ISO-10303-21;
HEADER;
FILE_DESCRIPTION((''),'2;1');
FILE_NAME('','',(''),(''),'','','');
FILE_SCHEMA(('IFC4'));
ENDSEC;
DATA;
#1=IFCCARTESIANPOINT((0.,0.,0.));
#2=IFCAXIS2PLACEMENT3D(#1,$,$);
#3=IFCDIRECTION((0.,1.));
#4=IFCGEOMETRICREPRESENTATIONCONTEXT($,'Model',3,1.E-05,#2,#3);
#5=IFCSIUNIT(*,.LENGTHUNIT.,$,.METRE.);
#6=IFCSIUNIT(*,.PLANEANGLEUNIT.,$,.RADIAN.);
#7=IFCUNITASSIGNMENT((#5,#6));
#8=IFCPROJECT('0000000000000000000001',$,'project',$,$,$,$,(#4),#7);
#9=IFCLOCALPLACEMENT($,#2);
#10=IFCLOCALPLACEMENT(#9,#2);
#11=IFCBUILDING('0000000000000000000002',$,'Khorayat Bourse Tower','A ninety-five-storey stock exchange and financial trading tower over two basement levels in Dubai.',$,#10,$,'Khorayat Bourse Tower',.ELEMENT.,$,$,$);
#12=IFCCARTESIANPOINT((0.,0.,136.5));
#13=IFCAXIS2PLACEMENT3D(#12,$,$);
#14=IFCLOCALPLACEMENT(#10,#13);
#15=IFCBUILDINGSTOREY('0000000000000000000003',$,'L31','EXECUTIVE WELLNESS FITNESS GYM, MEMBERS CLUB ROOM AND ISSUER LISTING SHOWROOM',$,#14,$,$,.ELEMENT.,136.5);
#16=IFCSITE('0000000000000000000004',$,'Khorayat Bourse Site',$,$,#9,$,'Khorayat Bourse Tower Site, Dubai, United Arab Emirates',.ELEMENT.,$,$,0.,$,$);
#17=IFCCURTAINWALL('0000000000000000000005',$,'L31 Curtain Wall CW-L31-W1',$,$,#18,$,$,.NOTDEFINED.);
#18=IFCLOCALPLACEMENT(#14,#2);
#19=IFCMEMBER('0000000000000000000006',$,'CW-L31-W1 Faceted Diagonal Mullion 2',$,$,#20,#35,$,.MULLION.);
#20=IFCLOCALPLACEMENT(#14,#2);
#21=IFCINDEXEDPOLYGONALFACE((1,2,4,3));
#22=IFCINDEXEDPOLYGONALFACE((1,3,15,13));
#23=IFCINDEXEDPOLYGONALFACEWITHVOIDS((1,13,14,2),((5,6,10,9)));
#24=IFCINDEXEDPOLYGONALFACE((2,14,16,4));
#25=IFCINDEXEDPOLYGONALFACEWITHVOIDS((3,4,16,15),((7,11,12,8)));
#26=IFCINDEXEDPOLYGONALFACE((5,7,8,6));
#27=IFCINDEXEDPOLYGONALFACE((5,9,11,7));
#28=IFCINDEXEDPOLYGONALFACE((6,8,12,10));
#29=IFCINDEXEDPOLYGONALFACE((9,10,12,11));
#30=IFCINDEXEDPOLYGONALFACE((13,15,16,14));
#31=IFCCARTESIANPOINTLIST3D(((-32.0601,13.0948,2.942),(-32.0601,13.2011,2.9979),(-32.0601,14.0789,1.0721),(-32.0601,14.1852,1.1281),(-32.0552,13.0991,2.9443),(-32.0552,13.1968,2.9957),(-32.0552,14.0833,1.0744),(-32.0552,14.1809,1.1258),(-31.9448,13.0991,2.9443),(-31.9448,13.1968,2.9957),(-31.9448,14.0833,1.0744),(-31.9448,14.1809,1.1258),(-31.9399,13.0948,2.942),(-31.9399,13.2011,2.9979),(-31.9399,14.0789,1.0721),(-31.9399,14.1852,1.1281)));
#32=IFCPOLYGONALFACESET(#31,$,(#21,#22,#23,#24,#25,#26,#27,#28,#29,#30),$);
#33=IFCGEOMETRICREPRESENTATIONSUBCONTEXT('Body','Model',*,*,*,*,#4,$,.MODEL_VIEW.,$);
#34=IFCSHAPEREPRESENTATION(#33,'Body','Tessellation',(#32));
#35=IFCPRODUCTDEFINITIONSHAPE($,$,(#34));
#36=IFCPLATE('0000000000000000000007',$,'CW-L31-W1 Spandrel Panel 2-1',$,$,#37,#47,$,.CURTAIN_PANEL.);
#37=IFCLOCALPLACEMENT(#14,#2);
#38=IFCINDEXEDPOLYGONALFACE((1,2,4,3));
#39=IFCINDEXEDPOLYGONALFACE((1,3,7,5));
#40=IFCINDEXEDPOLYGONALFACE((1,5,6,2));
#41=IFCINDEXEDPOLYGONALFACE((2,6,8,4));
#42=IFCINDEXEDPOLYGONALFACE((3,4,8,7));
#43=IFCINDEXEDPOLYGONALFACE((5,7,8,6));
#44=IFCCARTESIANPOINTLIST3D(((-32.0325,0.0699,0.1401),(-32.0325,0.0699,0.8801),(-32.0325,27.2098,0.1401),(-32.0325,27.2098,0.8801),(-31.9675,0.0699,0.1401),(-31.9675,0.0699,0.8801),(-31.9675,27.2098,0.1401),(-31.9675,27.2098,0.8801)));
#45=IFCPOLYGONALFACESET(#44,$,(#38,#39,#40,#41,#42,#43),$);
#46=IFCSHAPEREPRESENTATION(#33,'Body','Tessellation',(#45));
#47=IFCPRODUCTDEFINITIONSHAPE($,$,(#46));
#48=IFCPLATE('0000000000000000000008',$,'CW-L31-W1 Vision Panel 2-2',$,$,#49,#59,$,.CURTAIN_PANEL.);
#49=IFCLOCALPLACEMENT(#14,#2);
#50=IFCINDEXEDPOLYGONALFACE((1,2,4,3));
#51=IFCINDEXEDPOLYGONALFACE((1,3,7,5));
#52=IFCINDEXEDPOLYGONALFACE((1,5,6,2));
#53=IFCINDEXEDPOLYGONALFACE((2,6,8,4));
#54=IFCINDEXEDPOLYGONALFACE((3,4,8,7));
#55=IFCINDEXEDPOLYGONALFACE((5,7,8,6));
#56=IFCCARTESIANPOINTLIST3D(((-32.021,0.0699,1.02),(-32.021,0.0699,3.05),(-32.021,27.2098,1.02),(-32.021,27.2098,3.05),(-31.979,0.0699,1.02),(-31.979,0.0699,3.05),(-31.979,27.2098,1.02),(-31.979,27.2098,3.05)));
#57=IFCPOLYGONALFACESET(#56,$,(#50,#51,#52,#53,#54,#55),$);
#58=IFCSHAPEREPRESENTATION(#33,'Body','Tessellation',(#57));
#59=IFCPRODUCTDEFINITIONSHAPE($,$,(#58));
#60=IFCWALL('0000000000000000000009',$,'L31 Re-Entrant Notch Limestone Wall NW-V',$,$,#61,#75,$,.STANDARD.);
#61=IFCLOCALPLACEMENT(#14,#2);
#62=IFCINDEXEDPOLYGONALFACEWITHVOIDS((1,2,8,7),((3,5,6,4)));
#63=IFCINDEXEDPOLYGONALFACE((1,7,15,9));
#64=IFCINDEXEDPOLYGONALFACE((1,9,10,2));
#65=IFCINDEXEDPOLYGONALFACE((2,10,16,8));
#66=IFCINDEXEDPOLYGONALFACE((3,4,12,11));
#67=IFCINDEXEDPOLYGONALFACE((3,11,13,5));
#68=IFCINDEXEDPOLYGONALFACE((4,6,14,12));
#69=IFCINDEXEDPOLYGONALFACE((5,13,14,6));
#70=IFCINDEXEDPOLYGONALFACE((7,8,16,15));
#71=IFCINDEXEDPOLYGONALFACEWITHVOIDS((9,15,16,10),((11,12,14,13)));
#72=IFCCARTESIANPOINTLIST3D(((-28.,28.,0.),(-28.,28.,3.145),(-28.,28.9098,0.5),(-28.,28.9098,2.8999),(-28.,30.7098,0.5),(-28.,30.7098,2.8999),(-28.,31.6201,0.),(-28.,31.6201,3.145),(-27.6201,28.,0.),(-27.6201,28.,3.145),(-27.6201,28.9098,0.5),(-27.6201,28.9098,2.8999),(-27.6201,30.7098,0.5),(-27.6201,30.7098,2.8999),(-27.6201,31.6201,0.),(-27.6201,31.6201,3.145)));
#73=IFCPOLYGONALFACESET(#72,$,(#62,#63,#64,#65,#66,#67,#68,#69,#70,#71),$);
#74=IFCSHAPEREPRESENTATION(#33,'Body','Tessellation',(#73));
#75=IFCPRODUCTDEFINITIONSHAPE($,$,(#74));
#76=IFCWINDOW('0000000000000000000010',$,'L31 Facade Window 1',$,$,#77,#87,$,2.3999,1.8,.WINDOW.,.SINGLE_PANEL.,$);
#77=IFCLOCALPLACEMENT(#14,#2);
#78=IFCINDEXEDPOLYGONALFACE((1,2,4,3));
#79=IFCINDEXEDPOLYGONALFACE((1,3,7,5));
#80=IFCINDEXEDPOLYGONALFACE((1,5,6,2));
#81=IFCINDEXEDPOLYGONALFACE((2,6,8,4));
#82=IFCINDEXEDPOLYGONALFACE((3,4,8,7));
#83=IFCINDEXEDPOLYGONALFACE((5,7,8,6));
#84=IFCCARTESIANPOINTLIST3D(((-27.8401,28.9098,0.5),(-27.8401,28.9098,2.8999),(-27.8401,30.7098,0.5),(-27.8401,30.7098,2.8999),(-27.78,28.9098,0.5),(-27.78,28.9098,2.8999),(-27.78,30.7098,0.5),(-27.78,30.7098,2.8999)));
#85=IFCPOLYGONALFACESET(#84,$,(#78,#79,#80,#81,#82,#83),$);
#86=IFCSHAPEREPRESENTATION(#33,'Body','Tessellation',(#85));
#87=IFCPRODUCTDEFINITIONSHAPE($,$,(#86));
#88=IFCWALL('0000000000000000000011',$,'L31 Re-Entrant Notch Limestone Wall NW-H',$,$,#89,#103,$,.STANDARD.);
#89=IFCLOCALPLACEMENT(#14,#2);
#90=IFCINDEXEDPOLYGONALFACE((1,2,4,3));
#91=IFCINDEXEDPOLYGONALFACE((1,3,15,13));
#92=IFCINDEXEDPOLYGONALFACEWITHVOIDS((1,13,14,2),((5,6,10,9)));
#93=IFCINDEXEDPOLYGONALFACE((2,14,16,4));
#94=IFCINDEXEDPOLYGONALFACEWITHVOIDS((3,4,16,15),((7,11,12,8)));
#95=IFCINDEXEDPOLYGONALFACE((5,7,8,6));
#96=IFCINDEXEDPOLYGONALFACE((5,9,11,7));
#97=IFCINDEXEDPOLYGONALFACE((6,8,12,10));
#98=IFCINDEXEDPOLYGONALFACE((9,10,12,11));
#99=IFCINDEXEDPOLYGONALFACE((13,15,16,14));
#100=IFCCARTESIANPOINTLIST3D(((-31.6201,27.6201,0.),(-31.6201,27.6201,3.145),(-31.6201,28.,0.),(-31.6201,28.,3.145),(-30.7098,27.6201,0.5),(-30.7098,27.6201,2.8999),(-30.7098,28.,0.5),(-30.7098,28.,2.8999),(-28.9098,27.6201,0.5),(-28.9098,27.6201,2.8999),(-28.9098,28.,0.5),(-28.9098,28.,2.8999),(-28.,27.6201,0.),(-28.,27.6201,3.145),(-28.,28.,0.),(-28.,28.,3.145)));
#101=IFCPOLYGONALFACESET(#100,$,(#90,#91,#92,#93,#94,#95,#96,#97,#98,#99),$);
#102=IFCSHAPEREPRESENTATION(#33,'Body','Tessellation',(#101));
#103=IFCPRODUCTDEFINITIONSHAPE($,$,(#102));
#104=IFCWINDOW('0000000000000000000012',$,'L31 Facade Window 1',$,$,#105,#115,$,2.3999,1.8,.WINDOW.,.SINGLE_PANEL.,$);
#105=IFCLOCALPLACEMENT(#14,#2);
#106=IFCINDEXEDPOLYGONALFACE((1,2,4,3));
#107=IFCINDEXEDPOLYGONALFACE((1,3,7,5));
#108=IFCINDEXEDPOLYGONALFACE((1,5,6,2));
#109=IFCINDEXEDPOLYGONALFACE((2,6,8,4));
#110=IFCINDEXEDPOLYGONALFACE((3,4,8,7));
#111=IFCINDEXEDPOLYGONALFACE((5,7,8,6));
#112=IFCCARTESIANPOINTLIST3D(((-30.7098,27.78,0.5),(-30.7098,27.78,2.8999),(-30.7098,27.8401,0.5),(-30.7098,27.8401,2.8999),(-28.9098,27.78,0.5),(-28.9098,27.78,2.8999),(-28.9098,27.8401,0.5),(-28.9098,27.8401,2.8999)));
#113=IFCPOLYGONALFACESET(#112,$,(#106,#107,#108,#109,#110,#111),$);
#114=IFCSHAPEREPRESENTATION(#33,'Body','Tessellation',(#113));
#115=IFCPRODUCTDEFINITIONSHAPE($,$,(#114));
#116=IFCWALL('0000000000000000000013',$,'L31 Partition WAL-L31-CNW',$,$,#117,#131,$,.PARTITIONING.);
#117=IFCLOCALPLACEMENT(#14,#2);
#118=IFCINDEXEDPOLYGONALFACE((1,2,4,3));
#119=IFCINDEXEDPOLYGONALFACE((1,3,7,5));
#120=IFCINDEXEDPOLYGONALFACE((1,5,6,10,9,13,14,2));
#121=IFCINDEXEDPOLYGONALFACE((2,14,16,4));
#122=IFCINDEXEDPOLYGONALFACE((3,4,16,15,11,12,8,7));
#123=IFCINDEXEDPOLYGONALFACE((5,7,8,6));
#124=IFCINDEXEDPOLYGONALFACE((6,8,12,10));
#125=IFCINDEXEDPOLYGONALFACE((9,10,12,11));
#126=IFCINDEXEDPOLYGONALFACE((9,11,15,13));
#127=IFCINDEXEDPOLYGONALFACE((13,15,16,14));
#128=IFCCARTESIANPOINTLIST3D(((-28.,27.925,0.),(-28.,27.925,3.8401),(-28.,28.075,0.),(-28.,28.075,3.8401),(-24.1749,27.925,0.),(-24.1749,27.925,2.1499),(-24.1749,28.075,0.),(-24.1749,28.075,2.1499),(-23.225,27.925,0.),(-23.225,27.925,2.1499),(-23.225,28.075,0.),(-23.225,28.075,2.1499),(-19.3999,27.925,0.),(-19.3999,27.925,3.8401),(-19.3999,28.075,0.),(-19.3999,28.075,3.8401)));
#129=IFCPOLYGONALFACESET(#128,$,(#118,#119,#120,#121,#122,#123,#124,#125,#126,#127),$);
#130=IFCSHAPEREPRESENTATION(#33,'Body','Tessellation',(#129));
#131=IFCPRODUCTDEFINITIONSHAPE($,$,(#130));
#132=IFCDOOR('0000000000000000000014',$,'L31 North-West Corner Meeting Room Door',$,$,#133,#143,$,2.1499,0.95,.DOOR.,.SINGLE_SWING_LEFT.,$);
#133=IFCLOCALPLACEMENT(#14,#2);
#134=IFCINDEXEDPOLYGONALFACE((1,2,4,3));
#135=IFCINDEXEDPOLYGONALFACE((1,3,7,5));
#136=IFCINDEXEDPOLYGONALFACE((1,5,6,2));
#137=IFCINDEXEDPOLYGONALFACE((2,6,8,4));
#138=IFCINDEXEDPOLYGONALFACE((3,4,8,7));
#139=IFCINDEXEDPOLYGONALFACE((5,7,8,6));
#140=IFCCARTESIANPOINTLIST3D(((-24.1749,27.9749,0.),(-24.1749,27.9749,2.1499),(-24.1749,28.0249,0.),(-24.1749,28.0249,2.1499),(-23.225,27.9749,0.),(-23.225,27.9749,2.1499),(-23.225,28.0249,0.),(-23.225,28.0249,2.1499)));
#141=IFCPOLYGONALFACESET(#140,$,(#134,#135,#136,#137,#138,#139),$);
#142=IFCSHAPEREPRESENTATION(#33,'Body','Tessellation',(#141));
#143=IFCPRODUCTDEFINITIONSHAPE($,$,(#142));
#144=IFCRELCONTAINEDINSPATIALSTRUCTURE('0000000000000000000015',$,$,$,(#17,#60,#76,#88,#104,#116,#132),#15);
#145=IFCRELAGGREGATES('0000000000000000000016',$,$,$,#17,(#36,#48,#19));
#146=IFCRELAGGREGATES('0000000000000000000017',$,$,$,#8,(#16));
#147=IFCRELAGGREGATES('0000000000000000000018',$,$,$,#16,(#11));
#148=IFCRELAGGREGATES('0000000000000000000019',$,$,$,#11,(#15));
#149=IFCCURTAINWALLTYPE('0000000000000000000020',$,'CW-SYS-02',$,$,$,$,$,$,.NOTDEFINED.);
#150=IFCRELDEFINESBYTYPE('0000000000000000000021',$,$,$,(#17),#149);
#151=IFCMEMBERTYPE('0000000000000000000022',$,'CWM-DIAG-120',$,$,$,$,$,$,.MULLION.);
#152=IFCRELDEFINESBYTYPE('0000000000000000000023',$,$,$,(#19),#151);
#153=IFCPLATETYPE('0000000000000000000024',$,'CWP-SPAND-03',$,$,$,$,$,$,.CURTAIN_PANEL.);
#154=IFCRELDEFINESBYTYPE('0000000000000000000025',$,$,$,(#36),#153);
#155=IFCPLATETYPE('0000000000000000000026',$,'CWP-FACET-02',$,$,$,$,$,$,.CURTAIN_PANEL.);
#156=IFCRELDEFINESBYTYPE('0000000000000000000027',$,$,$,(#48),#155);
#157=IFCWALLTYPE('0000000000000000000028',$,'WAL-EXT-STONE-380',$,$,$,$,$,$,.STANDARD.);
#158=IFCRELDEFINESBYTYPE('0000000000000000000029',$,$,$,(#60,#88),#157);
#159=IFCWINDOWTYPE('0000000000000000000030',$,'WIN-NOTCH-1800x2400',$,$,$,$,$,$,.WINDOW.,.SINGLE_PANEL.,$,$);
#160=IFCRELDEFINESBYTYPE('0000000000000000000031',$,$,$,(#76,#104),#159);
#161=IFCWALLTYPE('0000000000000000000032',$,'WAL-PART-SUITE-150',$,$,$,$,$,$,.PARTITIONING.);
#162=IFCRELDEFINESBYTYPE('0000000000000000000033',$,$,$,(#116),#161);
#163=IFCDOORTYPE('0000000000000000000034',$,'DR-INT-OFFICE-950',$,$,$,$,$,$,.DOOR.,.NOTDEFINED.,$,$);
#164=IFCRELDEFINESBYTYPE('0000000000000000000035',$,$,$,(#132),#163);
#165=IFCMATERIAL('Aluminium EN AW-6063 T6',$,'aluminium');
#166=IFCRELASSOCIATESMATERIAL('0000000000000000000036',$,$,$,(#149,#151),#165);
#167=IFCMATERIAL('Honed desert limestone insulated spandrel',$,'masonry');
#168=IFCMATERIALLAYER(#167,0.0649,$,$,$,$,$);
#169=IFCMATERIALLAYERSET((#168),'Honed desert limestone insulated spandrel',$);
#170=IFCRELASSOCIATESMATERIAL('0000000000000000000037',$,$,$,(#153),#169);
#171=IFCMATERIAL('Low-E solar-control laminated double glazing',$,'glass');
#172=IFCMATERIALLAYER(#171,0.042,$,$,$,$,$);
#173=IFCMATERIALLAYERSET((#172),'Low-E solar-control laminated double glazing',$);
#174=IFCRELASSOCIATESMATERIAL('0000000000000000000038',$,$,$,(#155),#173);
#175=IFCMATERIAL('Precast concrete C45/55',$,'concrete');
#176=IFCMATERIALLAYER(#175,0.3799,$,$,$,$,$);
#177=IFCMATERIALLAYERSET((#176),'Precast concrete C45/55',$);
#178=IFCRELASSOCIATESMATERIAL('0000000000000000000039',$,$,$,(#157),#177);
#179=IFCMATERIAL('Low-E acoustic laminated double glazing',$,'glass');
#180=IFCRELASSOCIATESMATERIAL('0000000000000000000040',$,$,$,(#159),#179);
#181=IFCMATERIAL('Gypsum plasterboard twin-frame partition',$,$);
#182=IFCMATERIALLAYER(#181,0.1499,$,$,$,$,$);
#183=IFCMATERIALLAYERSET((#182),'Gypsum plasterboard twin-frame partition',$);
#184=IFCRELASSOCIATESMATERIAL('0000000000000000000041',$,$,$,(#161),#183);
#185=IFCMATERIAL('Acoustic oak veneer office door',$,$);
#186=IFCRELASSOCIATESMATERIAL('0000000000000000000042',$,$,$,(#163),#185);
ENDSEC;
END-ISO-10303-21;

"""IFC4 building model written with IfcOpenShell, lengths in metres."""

from ifc_helpers import new_model, si_unit, direction, frame, frame_2d, origin, origin_2d, place, context, subcontext, project, spatial, rectangle, hollow_rectangle, extrude, source, transform, mapped, material, layer, layer_set, material_profile, profile_set, type_object, element, fill, aggregate, save


model = new_model("IFC4")

# Units and contexts
model_context = context("Model", 3, precision=1e-05, world=origin(), true_north=direction((0.0, 1.0)))
body_context = subcontext(model_context, "Body", "Model", "MODEL_VIEW")
ifc_project = project(units=[si_unit("LENGTHUNIT", "METRE"), si_unit("PLANEANGLEUNIT", "RADIAN")], contexts=[model_context])

# Site, building, storey
site_placement = place(None, origin())
site = spatial("IfcSite", under=ifc_project, at=site_placement, Name="Khorayat Bourse Site", LongName="Khorayat Bourse Tower Site, Dubai, United Arab Emirates", CompositionType="ELEMENT", RefElevation=0.0)
building_placement = place(site_placement, origin())
building = spatial("IfcBuilding", under=site, at=building_placement, Name="Khorayat Bourse Tower", Description="A ninety-five-storey stock exchange and financial trading tower over two basement levels in Dubai.", LongName="Khorayat Bourse Tower", CompositionType="ELEMENT")
storey_placement = place(building_placement, frame((0.0, 0.0, 136.5)))
storey = spatial("IfcBuildingStorey", under=building, at=storey_placement, Name="L31", Description="EXECUTIVE WELLNESS FITNESS GYM, MEMBERS CLUB ROOM AND ISSUER LISTING SHOWROOM", CompositionType="ELEMENT", Elevation=136.5)

# Shared definitions
ifc_material_1 = material(Name="Aluminium EN AW-6063 T6", Category="aluminium")
curtain_wall_type = type_object("IfcCurtainWallType", Name="CW-SYS-02", PredefinedType="NOTDEFINED", material=ifc_material_1)

# Curtain wall, member, plates
curtain_wall_1_placement = place(storey_placement, origin())
curtain_wall_1 = element("IfcCurtainWall", 1, at=curtain_wall_1_placement, inside=storey, type_object=curtain_wall_type, Name="L31 Curtain Wall CW-L31-W1", PredefinedType="NOTDEFINED")
ifc_material_profile_1 = material_profile(ifc_material_1, hollow_rectangle(XDim=0.1201, YDim=0.1201, WallThickness=0.0049, at=origin_2d()), Name="ALU 120x120x5")
ifc_profile_set_1 = profile_set([ifc_material_profile_1], Name="Aluminium EN AW-6063 T6")
member_type_1 = type_object("IfcMemberType", Name="CWM-DIAG-120", PredefinedType="MULLION", material=ifc_profile_set_1)
shared_shape_1 = source(origin(), body_context, "Body", "SweptSolid", [
    extrude(hollow_rectangle(XDim=0.1201, YDim=0.1201, WallThickness=0.0049, at=origin_2d()), origin(), (0.0, 0.0, 1.0), 2.113),
])
member_1_placement = place(storey_placement, frame((-32.0, 14.1321, 1.1001), z_axis=(0.0, -0.465742, 0.884921), x_axis=(1.0, 0.0, 0.0)))
member_1 = element("IfcMember", 2, at=member_1_placement, type_object=member_type_1, Name="CW-L31-W1 Faceted Diagonal Mullion 2", PredefinedType="MULLION", context=body_context, shape_type="MappedRepresentation", body=[
    mapped(shared_shape_1, transform((0.0, 0.0, 0.0), scale=1.0)),
])
ifc_material_2 = material(Name="Honed desert limestone insulated spandrel", Category="masonry")
ifc_layer_1 = layer(ifc_material_2, 0.0649)
ifc_layer_set_1 = layer_set([ifc_layer_1], Name="Honed desert limestone insulated spandrel")
plate_type_1 = type_object("IfcPlateType", Name="CWP-SPAND-03", PredefinedType="CURTAIN_PANEL", material=ifc_layer_set_1)
shared_shape_2 = source(origin(), body_context, "Body", "SweptSolid", [
    extrude(rectangle(XDim=27.1399, YDim=0.0649, at=origin_2d()), origin(), (0.0, 0.0, 1.0), 0.74),
])
plate_1_placement = place(storey_placement, frame((-32.0, 13.6399, 0.1401), z_axis=(0.0, 0.0, 1.0), x_axis=(0.0, 1.0, 0.0)))
plate_1 = element("IfcPlate", 3, at=plate_1_placement, type_object=plate_type_1, Name="CW-L31-W1 Spandrel Panel 2-1", PredefinedType="CURTAIN_PANEL", context=body_context, shape_type="MappedRepresentation", body=[
    mapped(shared_shape_2, transform((0.0, 0.0, 0.0), scale=1.0)),
])
ifc_material_3 = material(Name="Low-E solar-control laminated double glazing", Category="glass")
ifc_layer_2 = layer(ifc_material_3, 0.042)
ifc_layer_set_2 = layer_set([ifc_layer_2], Name="Low-E solar-control laminated double glazing")
plate_type_2 = type_object("IfcPlateType", Name="CWP-FACET-02", PredefinedType="CURTAIN_PANEL", material=ifc_layer_set_2)
shared_shape_3 = source(origin(), body_context, "Body", "SweptSolid", [
    extrude(rectangle(XDim=27.1399, YDim=0.042, at=origin_2d()), origin(), (0.0, 0.0, 1.0), 2.03),
])
plate_2_placement = place(storey_placement, frame((-32.0, 13.6399, 1.02), z_axis=(0.0, 0.0, 1.0), x_axis=(0.0, 1.0, 0.0)))
plate_2 = element("IfcPlate", 4, at=plate_2_placement, type_object=plate_type_2, Name="CW-L31-W1 Vision Panel 2-2", PredefinedType="CURTAIN_PANEL", context=body_context, shape_type="MappedRepresentation", body=[
    mapped(shared_shape_3, transform((0.0, 0.0, 0.0), scale=1.0)),
])
aggregate(curtain_wall_1, [plate_1, plate_2, member_1])

# Walls, openings, windows
ifc_material_4 = material(Name="Precast concrete C45/55", Category="concrete")
ifc_layer_3 = layer(ifc_material_4, 0.3799)
ifc_layer_set_3 = layer_set([ifc_layer_3], Name="Precast concrete C45/55")
wall_type_1 = type_object("IfcWallType", Name="WAL-EXT-STONE-380", PredefinedType="STANDARD", material=ifc_layer_set_3)
shared_shape_4 = source(origin(), body_context, "Body", "SweptSolid", [
    extrude(rectangle(XDim=3.6201, YDim=0.3799, at=frame_2d((1.8101, 0.0))), origin(), (0.0, 0.0, 1.0), 3.145),
])
wall_1_placement = place(storey_placement, frame((-27.8101, 28.0, 0.0), z_axis=(0.0, 0.0, 1.0), x_axis=(0.0, 1.0, 0.0)))
wall_1 = element("IfcWall", 5, at=wall_1_placement, inside=storey, type_object=wall_type_1, Name="L31 Re-Entrant Notch Limestone Wall NW-V", PredefinedType="STANDARD", context=body_context, shape_type="MappedRepresentation", body=[
    mapped(shared_shape_4, transform((0.0, 0.0, 0.0), scale=1.0)),
])
shared_shape_5 = source(origin(), body_context, "Body", "SweptSolid", [
    extrude(rectangle(XDim=1.8, YDim=2.3999, at=frame_2d((0.8999, 1.2))), frame((0.0, 0.2, 0.0), z_axis=(0.0, -1.0, 0.0), x_axis=(1.0, 0.0, 0.0)), (0.0, 0.0, 1.0), 0.3999),
])
opening_1_placement = place(wall_1_placement, frame((0.9099, 0.0, 0.5)))
opening_1 = element("IfcOpeningElement", 6, at=opening_1_placement, cuts=wall_1, PredefinedType="OPENING", context=body_context, shape_type="MappedRepresentation", body=[
    mapped(shared_shape_5, transform((0.0, 0.0, 0.0), scale=1.0)),
])
ifc_material_5 = material(Name="Low-E acoustic laminated double glazing", Category="glass")
window_type = type_object("IfcWindowType", Name="WIN-NOTCH-1800x2400", PartitioningType="SINGLE_PANEL", PredefinedType="WINDOW", material=ifc_material_5)
shared_shape_6 = source(origin(), body_context, "Body", "SweptSolid", [
    extrude(rectangle(XDim=1.8, YDim=2.3999, at=frame_2d((0.8999, 1.2))), frame((0.0, 0.03, 0.0), z_axis=(0.0, -1.0, 0.0), x_axis=(1.0, 0.0, 0.0)), (0.0, 0.0, 1.0), 0.0601),
])
window_1_placement = place(opening_1_placement, origin())
window_1 = element("IfcWindow", 7, at=window_1_placement, inside=storey, type_object=window_type, Name="L31 Facade Window 1", OverallHeight=2.3999, OverallWidth=1.8, PartitioningType="SINGLE_PANEL", PredefinedType="WINDOW", context=body_context, shape_type="MappedRepresentation", body=[
    mapped(shared_shape_6, transform((0.0, 0.0, 0.0), scale=1.0)),
])
fill(opening_1, window_1)
wall_2_placement = place(storey_placement, frame((-28.0, 27.8101, 0.0), z_axis=(0.0, 0.0, 1.0), x_axis=(-1.0, 0.0, 0.0)))
wall_2 = element("IfcWall", 8, at=wall_2_placement, inside=storey, type_object=wall_type_1, Name="L31 Re-Entrant Notch Limestone Wall NW-H", PredefinedType="STANDARD", context=body_context, shape_type="MappedRepresentation", body=[
    mapped(shared_shape_4, transform((0.0, 0.0, 0.0), scale=1.0)),
])
opening_2_placement = place(wall_2_placement, frame((0.9099, 0.0, 0.5)))
opening_2 = element("IfcOpeningElement", 9, at=opening_2_placement, cuts=wall_2, PredefinedType="OPENING", context=body_context, shape_type="MappedRepresentation", body=[
    mapped(shared_shape_5, transform((0.0, 0.0, 0.0), scale=1.0)),
])
window_2_placement = place(opening_2_placement, origin())
window_2 = element("IfcWindow", 10, at=window_2_placement, inside=storey, type_object=window_type, Name="L31 Facade Window 1", OverallHeight=2.3999, OverallWidth=1.8, PartitioningType="SINGLE_PANEL", PredefinedType="WINDOW", context=body_context, shape_type="MappedRepresentation", body=[
    mapped(shared_shape_6, transform((0.0, 0.0, 0.0), scale=1.0)),
])
fill(opening_2, window_2)

# Wall, opening, door
ifc_material_6 = material(Name="Gypsum plasterboard twin-frame partition")
ifc_layer_4 = layer(ifc_material_6, 0.1499)
ifc_layer_set_4 = layer_set([ifc_layer_4], Name="Gypsum plasterboard twin-frame partition")
wall_type_2 = type_object("IfcWallType", Name="WAL-PART-SUITE-150", PredefinedType="PARTITIONING", material=ifc_layer_set_4)
shared_shape_7 = source(origin(), body_context, "Body", "SweptSolid", [
    extrude(rectangle(XDim=8.6001, YDim=0.1499, at=frame_2d((4.3, 0.0))), origin(), (0.0, 0.0, 1.0), 3.8401),
])
wall_3_placement = place(storey_placement, frame((-28.0, 28.0, 0.0), z_axis=(0.0, 0.0, 1.0), x_axis=(1.0, 0.0, 0.0)))
wall_3 = element("IfcWall", 11, at=wall_3_placement, inside=storey, type_object=wall_type_2, Name="L31 Partition WAL-L31-CNW", PredefinedType="PARTITIONING", context=body_context, shape_type="MappedRepresentation", body=[
    mapped(shared_shape_7, transform((0.0, 0.0, 0.0), scale=1.0)),
])
shared_shape_8 = source(origin(), body_context, "Body", "SweptSolid", [
    extrude(rectangle(XDim=0.95, YDim=2.1499, at=frame_2d((0.4751, 1.075))), frame((0.0, 0.085, 0.0), z_axis=(0.0, -1.0, 0.0), x_axis=(1.0, 0.0, 0.0)), (0.0, 0.0, 1.0), 0.1699),
])
opening_3_placement = place(wall_3_placement, frame((3.825, 0.0, 0.0)))
opening_3 = element("IfcOpeningElement", 12, at=opening_3_placement, cuts=wall_3, PredefinedType="OPENING", context=body_context, shape_type="MappedRepresentation", body=[
    mapped(shared_shape_8, transform((0.0, 0.0, 0.0), scale=1.0)),
])
ifc_material_7 = material(Name="Acoustic oak veneer office door")
door_type = type_object("IfcDoorType", Name="DR-INT-OFFICE-950", OperationType="NOTDEFINED", PredefinedType="DOOR", material=ifc_material_7)
shared_shape_9 = source(origin(), body_context, "Body", "SweptSolid", [
    extrude(rectangle(XDim=0.95, YDim=2.1499, at=frame_2d((0.4751, 1.075))), frame((0.0, 0.0249, 0.0), z_axis=(0.0, -1.0, 0.0), x_axis=(1.0, 0.0, 0.0)), (0.0, 0.0, 1.0), 0.05),
])
door_placement = place(opening_3_placement, origin())
door = element("IfcDoor", 13, at=door_placement, inside=storey, type_object=door_type, Name="L31 North-West Corner Meeting Room Door", OperationType="SINGLE_SWING_LEFT", OverallHeight=2.1499, OverallWidth=0.95, PredefinedType="DOOR", context=body_context, shape_type="MappedRepresentation", body=[
    mapped(shared_shape_9, transform((0.0, 0.0, 0.0), scale=1.0)),
])
fill(opening_3, door)

save(model, "model.ifc")
